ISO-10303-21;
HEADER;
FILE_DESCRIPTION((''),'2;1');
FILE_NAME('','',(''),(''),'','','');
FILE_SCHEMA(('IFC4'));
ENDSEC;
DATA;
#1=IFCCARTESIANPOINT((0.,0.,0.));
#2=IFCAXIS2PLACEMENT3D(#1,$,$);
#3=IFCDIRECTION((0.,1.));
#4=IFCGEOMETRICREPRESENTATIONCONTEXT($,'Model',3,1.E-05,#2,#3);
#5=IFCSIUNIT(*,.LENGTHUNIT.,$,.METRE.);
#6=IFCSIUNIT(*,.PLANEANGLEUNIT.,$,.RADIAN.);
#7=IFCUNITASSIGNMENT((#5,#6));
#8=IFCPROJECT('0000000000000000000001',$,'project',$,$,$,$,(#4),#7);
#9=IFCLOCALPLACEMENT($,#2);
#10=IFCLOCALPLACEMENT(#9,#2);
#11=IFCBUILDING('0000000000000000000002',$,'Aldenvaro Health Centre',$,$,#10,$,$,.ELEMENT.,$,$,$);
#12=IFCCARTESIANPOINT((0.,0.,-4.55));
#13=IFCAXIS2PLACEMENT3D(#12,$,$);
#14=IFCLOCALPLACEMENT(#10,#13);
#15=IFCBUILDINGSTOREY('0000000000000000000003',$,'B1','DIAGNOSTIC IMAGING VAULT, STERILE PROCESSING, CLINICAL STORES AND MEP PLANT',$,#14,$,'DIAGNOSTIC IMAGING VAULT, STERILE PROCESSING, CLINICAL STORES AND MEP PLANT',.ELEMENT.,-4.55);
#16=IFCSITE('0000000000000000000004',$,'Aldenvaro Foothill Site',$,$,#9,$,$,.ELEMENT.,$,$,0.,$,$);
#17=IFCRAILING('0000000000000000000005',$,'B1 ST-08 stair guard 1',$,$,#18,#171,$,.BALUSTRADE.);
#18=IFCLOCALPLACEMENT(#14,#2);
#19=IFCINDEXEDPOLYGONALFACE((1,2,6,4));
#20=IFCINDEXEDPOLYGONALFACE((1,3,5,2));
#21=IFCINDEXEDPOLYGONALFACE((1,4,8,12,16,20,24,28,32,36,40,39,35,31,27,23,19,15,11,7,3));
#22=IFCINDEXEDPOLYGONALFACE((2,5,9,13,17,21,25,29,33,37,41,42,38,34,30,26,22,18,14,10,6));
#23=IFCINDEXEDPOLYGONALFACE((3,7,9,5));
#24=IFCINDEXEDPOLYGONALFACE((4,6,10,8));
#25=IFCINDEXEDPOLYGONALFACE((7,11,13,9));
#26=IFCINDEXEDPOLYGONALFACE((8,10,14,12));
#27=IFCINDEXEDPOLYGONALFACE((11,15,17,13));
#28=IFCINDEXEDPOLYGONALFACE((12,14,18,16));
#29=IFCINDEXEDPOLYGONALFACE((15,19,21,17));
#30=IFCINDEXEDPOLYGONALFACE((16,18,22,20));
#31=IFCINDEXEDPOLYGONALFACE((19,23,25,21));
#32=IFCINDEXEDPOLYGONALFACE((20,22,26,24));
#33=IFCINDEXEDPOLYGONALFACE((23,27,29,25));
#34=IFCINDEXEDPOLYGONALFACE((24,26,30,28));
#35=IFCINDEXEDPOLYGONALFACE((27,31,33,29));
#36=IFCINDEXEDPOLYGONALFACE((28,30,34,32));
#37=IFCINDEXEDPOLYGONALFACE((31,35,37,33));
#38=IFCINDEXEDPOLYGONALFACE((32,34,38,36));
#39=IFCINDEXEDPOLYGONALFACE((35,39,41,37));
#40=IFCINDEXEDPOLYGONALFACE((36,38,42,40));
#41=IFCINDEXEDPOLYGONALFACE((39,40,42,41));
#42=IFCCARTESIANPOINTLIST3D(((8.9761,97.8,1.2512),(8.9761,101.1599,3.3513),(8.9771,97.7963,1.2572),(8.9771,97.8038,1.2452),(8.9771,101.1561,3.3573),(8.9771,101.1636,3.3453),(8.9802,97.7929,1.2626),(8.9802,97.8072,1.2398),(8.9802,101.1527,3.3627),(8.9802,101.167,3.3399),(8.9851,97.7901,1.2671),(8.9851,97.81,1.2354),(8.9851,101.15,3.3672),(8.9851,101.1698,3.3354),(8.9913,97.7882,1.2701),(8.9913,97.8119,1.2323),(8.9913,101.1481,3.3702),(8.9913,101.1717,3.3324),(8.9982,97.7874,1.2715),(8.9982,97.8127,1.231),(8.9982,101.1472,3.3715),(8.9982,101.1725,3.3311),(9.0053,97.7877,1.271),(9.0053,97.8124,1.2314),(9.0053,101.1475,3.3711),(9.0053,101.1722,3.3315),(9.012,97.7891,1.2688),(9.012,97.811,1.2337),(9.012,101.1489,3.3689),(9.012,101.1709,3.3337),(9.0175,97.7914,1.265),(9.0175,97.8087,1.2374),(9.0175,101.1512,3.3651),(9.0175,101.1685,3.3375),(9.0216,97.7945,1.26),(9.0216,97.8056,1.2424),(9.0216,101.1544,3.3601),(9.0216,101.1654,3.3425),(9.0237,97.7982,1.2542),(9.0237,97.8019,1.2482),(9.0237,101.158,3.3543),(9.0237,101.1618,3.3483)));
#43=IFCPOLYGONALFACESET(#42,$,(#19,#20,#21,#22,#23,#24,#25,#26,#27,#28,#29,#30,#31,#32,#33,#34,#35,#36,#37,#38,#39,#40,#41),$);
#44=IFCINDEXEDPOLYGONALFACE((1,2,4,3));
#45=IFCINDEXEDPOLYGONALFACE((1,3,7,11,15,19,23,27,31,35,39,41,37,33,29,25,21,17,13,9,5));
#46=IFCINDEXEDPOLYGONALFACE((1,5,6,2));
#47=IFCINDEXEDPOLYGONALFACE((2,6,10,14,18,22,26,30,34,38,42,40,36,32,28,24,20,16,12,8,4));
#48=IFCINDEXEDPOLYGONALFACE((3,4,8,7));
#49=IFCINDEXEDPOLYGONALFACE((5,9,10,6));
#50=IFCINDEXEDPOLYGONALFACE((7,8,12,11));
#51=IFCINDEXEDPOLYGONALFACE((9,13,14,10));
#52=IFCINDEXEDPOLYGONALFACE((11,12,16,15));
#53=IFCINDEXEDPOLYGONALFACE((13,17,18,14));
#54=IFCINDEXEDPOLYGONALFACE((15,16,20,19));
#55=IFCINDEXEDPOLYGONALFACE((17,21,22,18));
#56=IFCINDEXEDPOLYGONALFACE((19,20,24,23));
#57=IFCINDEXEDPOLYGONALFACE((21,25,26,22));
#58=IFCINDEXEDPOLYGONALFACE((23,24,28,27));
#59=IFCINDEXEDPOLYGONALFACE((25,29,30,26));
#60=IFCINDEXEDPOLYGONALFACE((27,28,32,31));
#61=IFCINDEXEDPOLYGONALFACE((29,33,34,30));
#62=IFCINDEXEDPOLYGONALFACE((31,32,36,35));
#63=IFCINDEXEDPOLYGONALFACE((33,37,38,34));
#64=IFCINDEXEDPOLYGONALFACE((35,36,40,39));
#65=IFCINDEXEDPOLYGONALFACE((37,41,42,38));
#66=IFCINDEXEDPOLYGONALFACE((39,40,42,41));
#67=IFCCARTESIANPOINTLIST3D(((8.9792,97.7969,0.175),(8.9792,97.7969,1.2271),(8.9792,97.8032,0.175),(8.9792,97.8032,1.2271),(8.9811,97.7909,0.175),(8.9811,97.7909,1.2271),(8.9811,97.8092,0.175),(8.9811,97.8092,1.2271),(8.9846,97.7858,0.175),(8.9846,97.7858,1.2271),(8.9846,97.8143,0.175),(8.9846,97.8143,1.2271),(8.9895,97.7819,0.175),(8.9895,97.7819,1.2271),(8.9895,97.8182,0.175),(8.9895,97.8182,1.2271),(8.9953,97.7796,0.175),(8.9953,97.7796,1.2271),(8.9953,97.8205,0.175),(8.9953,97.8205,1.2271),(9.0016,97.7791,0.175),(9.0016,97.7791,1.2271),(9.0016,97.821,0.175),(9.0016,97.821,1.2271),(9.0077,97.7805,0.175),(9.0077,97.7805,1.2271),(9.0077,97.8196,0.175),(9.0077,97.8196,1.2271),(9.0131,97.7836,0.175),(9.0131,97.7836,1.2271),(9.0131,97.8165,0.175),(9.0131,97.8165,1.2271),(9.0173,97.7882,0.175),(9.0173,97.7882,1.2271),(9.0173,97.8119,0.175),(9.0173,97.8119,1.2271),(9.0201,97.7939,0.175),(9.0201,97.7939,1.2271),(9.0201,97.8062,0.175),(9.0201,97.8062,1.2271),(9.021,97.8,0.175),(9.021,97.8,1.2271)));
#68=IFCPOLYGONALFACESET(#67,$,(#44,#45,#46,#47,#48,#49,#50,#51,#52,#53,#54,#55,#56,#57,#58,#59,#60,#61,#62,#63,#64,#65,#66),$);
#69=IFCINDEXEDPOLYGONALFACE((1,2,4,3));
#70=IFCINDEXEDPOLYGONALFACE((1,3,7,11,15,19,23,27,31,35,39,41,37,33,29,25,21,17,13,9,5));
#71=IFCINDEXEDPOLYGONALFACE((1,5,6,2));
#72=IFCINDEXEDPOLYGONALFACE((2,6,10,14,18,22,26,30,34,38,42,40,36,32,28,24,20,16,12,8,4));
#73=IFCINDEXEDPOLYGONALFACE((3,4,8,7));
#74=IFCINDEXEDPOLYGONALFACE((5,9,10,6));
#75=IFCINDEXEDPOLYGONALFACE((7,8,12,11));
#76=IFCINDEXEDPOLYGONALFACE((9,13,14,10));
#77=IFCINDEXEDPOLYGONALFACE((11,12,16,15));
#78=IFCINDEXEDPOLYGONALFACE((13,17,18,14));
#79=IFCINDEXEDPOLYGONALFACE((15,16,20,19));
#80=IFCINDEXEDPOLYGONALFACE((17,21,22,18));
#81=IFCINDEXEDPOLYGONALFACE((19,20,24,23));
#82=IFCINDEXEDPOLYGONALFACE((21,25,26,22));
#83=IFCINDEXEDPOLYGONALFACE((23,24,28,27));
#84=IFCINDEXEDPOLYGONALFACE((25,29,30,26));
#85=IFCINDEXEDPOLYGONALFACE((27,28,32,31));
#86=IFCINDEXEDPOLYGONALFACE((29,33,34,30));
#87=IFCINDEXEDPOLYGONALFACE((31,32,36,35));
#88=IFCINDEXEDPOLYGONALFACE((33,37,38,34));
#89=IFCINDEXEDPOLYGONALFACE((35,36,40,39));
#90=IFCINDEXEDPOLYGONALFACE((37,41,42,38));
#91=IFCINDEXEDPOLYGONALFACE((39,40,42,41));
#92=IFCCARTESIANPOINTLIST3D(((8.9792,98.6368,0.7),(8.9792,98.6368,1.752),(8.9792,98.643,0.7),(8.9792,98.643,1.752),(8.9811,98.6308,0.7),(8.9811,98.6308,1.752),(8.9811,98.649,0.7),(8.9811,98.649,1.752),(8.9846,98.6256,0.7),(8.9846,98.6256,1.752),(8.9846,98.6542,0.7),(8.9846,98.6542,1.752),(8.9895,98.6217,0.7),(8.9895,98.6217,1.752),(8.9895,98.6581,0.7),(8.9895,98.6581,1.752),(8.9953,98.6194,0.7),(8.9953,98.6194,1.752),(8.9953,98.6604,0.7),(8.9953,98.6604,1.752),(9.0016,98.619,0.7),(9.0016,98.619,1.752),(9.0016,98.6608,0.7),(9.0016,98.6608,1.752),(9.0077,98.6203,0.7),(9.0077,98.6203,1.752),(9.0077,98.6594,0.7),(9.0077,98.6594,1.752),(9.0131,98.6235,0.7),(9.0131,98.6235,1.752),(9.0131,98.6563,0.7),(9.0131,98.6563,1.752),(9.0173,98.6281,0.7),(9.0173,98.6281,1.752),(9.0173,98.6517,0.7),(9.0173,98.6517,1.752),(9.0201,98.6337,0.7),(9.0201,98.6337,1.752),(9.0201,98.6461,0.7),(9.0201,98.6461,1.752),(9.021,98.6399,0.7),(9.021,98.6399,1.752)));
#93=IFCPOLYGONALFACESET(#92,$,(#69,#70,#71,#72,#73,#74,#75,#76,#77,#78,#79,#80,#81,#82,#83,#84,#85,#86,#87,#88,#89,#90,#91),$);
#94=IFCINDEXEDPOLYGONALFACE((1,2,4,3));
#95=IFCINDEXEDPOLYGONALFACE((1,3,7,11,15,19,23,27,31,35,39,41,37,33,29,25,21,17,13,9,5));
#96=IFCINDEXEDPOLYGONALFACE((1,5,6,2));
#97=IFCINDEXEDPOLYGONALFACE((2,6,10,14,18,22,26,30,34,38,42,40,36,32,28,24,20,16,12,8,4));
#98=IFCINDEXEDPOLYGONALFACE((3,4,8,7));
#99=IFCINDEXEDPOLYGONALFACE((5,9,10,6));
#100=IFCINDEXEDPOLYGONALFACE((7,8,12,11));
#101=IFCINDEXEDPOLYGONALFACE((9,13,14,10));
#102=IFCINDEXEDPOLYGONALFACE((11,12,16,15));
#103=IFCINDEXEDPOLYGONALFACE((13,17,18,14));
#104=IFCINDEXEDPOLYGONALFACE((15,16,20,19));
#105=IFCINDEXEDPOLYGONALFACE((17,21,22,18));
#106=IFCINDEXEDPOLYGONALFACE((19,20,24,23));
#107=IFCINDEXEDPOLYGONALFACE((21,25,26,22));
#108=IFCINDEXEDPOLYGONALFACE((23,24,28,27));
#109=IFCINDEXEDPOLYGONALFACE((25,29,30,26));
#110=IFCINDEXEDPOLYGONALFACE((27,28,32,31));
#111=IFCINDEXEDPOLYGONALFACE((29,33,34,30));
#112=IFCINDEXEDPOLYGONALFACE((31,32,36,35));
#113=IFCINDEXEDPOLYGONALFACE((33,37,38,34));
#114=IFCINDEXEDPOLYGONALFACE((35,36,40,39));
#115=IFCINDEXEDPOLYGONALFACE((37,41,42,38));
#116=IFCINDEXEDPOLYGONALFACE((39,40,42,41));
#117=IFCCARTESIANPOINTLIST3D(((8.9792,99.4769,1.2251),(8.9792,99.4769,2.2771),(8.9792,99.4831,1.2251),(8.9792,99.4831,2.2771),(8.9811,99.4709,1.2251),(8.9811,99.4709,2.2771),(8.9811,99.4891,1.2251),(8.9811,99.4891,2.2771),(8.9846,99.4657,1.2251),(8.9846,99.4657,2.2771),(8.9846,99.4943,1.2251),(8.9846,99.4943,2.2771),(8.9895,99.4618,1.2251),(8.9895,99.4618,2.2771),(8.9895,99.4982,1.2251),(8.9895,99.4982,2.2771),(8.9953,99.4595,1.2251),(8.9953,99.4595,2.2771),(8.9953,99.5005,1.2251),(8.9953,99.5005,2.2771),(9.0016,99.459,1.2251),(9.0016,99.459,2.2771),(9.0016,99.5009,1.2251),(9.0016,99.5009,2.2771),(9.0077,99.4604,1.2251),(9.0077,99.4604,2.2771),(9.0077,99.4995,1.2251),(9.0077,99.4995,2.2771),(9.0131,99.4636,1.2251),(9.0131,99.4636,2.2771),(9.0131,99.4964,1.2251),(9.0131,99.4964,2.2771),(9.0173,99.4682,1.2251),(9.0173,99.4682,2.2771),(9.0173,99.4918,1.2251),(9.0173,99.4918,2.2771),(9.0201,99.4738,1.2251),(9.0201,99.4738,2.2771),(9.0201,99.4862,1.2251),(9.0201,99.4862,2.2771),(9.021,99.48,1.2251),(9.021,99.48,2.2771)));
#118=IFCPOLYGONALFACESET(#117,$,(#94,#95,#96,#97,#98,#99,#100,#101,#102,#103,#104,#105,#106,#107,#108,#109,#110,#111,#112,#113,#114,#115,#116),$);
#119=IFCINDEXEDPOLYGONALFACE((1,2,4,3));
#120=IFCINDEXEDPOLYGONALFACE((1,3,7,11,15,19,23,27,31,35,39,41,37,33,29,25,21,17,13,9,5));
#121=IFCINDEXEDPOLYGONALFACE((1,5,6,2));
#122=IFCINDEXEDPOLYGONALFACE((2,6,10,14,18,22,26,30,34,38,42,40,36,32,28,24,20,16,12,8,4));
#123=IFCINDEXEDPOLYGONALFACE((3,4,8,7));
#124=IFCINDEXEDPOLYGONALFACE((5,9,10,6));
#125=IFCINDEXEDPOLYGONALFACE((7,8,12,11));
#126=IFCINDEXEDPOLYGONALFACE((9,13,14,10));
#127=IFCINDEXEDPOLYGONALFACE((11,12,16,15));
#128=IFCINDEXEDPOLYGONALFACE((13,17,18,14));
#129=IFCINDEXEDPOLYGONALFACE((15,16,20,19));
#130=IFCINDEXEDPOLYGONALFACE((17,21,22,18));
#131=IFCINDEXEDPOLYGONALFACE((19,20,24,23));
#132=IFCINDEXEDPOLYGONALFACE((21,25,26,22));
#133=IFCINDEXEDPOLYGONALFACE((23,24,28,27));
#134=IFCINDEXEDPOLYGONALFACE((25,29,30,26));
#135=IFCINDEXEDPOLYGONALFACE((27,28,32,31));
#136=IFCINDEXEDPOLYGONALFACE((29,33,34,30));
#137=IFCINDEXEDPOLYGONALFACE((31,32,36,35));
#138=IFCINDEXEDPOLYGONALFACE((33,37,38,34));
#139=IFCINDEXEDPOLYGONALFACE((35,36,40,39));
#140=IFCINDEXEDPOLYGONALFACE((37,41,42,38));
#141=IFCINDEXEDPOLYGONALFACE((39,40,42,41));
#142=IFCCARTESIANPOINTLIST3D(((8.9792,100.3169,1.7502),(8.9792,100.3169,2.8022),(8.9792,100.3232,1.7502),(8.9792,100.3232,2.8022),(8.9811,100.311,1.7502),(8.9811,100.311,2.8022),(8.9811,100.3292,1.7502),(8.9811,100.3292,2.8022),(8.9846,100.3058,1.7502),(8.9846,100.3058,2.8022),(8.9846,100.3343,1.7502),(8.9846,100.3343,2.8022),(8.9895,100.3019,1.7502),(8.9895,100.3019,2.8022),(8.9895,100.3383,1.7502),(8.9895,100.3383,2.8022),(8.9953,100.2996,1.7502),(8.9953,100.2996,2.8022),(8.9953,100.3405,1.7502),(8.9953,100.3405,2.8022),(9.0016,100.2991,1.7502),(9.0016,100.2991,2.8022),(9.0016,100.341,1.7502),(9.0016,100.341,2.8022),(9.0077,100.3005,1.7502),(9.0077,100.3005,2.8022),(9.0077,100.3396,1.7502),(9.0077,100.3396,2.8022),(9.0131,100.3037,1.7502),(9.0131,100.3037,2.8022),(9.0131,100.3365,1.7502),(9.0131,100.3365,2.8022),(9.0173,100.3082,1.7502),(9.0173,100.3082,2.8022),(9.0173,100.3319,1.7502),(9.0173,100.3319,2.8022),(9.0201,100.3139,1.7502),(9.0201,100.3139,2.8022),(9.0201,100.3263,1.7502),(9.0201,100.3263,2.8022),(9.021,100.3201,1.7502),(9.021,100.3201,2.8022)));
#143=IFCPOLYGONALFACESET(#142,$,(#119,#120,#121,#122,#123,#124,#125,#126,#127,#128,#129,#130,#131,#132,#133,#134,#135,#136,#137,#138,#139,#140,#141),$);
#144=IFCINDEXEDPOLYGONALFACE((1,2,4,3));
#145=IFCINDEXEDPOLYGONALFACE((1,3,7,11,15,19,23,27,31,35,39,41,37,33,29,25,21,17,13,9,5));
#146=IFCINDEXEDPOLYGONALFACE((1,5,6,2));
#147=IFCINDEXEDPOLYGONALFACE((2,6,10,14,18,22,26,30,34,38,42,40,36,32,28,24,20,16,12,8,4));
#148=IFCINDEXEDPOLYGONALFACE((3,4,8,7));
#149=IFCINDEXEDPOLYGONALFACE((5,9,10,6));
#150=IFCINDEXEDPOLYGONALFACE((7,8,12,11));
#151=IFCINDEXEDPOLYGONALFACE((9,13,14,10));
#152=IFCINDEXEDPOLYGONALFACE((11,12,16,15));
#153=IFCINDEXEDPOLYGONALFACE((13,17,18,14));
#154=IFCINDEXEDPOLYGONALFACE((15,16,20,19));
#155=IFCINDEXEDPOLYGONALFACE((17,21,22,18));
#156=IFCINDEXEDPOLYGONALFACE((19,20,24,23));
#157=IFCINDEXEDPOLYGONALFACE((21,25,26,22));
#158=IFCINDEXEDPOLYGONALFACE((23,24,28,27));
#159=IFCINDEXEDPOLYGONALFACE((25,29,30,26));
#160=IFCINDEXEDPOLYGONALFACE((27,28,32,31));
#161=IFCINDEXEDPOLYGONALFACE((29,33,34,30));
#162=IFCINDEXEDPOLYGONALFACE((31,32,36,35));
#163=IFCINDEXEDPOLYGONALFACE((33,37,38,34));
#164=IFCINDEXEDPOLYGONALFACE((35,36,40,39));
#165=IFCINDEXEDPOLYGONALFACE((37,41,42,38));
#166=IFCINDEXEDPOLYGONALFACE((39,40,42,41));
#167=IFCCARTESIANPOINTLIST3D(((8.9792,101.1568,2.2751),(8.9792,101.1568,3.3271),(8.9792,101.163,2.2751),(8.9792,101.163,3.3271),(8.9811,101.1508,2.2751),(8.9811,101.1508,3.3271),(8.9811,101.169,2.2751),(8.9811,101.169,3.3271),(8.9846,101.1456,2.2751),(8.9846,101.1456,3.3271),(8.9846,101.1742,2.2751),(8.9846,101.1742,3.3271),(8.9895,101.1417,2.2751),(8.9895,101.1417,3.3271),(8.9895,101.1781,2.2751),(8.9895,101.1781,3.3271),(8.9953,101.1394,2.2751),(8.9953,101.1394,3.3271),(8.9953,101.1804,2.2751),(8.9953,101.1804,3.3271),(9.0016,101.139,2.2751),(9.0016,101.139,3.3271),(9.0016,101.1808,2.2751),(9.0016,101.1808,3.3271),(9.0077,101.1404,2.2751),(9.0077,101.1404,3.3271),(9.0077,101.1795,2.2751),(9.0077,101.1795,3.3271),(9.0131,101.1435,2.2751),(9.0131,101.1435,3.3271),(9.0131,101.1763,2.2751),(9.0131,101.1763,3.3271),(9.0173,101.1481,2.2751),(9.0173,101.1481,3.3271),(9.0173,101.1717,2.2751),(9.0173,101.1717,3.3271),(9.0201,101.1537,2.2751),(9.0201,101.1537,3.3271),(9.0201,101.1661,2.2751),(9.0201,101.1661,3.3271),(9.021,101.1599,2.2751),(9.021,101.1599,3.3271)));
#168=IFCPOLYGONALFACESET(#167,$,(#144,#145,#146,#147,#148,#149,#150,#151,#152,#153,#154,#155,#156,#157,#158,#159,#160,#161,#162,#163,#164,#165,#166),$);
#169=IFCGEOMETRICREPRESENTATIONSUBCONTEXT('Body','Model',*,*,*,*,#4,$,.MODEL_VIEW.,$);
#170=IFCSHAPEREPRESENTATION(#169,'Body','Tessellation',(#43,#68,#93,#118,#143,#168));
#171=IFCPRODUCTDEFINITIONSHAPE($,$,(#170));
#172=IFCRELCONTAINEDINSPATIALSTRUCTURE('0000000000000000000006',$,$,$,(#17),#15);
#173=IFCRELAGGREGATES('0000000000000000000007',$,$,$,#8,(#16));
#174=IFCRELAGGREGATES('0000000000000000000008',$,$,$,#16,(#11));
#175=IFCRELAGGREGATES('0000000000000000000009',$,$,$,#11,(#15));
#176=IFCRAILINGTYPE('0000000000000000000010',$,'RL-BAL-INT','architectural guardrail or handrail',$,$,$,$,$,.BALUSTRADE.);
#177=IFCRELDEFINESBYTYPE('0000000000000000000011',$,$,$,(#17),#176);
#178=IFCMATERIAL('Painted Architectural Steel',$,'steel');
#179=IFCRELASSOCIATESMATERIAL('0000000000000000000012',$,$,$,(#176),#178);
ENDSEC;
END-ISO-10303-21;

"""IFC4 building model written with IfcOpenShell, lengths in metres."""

from ifc_helpers import new_model, si_unit, direction, frame, origin, origin_2d, place, context, subcontext, project, spatial, circle, extrude, material, type_object, element, save


model = new_model("IFC4")

# Units and contexts
model_context = context("Model", 3, precision=1e-05, world=origin(), true_north=direction((0.0, 1.0)))
body_context = subcontext(model_context, "Body", "Model", "MODEL_VIEW")
ifc_project = project(units=[si_unit("LENGTHUNIT", "METRE"), si_unit("PLANEANGLEUNIT", "RADIAN")], contexts=[model_context])

# Site, building, storey
site_placement = place(None, origin())
site = spatial("IfcSite", under=ifc_project, at=site_placement, Name="Aldenvaro Foothill Site", CompositionType="ELEMENT", RefElevation=0.0)
building_placement = place(site_placement, origin())
building = spatial("IfcBuilding", under=site, at=building_placement, Name="Aldenvaro Health Centre", CompositionType="ELEMENT")
storey_placement = place(building_placement, frame((0.0, 0.0, -4.55)))
storey = spatial("IfcBuildingStorey", under=building, at=storey_placement, Name="B1", Description="DIAGNOSTIC IMAGING VAULT, STERILE PROCESSING, CLINICAL STORES AND MEP PLANT", LongName="DIAGNOSTIC IMAGING VAULT, STERILE PROCESSING, CLINICAL STORES AND MEP PLANT", CompositionType="ELEMENT", Elevation=-4.55)

# Railing
ifc_material_1 = material(Name="Painted Architectural Steel", Category="steel")
railing_type_1 = type_object("IfcRailingType", Name="RL-BAL-INT", Description="architectural guardrail or handrail", PredefinedType="BALUSTRADE", material=ifc_material_1)
railing_1_placement = place(storey_placement, frame((9.0, 97.8, 0.175)))
element("IfcRailing", 1, at=railing_1_placement, inside=storey, type_object=railing_type_1, Name="B1 ST-08 stair guard 1", PredefinedType="BALUSTRADE", context=body_context, shape_type="SweptSolid", body=[
    extrude(circle(Radius=0.0239, at=origin_2d()), frame((0.0, 0.0, 1.0762), z_axis=(0.0, 0.847978, 0.530032), x_axis=(-1.0, 0.0, 0.0)), (0.0, 0.0, 1.0), 3.9622),
    extrude(circle(Radius=0.021, at=origin_2d()), origin(), (0.0, 0.0, 1.0), 1.052),
    extrude(circle(Radius=0.021, at=origin_2d()), frame((0.0, 0.8398, 0.5249)), (0.0, 0.0, 1.0), 1.052),
    extrude(circle(Radius=0.021, at=origin_2d()), frame((0.0, 1.6799, 1.05)), (0.0, 0.0, 1.0), 1.052),
    extrude(circle(Radius=0.021, at=origin_2d()), frame((0.0, 2.52, 1.5752)), (0.0, 0.0, 1.0), 1.052),
    extrude(circle(Radius=0.021, at=origin_2d()), frame((0.0, 3.3599, 2.1001)), (0.0, 0.0, 1.0), 1.052),
])

save(model, "model.ifc")
